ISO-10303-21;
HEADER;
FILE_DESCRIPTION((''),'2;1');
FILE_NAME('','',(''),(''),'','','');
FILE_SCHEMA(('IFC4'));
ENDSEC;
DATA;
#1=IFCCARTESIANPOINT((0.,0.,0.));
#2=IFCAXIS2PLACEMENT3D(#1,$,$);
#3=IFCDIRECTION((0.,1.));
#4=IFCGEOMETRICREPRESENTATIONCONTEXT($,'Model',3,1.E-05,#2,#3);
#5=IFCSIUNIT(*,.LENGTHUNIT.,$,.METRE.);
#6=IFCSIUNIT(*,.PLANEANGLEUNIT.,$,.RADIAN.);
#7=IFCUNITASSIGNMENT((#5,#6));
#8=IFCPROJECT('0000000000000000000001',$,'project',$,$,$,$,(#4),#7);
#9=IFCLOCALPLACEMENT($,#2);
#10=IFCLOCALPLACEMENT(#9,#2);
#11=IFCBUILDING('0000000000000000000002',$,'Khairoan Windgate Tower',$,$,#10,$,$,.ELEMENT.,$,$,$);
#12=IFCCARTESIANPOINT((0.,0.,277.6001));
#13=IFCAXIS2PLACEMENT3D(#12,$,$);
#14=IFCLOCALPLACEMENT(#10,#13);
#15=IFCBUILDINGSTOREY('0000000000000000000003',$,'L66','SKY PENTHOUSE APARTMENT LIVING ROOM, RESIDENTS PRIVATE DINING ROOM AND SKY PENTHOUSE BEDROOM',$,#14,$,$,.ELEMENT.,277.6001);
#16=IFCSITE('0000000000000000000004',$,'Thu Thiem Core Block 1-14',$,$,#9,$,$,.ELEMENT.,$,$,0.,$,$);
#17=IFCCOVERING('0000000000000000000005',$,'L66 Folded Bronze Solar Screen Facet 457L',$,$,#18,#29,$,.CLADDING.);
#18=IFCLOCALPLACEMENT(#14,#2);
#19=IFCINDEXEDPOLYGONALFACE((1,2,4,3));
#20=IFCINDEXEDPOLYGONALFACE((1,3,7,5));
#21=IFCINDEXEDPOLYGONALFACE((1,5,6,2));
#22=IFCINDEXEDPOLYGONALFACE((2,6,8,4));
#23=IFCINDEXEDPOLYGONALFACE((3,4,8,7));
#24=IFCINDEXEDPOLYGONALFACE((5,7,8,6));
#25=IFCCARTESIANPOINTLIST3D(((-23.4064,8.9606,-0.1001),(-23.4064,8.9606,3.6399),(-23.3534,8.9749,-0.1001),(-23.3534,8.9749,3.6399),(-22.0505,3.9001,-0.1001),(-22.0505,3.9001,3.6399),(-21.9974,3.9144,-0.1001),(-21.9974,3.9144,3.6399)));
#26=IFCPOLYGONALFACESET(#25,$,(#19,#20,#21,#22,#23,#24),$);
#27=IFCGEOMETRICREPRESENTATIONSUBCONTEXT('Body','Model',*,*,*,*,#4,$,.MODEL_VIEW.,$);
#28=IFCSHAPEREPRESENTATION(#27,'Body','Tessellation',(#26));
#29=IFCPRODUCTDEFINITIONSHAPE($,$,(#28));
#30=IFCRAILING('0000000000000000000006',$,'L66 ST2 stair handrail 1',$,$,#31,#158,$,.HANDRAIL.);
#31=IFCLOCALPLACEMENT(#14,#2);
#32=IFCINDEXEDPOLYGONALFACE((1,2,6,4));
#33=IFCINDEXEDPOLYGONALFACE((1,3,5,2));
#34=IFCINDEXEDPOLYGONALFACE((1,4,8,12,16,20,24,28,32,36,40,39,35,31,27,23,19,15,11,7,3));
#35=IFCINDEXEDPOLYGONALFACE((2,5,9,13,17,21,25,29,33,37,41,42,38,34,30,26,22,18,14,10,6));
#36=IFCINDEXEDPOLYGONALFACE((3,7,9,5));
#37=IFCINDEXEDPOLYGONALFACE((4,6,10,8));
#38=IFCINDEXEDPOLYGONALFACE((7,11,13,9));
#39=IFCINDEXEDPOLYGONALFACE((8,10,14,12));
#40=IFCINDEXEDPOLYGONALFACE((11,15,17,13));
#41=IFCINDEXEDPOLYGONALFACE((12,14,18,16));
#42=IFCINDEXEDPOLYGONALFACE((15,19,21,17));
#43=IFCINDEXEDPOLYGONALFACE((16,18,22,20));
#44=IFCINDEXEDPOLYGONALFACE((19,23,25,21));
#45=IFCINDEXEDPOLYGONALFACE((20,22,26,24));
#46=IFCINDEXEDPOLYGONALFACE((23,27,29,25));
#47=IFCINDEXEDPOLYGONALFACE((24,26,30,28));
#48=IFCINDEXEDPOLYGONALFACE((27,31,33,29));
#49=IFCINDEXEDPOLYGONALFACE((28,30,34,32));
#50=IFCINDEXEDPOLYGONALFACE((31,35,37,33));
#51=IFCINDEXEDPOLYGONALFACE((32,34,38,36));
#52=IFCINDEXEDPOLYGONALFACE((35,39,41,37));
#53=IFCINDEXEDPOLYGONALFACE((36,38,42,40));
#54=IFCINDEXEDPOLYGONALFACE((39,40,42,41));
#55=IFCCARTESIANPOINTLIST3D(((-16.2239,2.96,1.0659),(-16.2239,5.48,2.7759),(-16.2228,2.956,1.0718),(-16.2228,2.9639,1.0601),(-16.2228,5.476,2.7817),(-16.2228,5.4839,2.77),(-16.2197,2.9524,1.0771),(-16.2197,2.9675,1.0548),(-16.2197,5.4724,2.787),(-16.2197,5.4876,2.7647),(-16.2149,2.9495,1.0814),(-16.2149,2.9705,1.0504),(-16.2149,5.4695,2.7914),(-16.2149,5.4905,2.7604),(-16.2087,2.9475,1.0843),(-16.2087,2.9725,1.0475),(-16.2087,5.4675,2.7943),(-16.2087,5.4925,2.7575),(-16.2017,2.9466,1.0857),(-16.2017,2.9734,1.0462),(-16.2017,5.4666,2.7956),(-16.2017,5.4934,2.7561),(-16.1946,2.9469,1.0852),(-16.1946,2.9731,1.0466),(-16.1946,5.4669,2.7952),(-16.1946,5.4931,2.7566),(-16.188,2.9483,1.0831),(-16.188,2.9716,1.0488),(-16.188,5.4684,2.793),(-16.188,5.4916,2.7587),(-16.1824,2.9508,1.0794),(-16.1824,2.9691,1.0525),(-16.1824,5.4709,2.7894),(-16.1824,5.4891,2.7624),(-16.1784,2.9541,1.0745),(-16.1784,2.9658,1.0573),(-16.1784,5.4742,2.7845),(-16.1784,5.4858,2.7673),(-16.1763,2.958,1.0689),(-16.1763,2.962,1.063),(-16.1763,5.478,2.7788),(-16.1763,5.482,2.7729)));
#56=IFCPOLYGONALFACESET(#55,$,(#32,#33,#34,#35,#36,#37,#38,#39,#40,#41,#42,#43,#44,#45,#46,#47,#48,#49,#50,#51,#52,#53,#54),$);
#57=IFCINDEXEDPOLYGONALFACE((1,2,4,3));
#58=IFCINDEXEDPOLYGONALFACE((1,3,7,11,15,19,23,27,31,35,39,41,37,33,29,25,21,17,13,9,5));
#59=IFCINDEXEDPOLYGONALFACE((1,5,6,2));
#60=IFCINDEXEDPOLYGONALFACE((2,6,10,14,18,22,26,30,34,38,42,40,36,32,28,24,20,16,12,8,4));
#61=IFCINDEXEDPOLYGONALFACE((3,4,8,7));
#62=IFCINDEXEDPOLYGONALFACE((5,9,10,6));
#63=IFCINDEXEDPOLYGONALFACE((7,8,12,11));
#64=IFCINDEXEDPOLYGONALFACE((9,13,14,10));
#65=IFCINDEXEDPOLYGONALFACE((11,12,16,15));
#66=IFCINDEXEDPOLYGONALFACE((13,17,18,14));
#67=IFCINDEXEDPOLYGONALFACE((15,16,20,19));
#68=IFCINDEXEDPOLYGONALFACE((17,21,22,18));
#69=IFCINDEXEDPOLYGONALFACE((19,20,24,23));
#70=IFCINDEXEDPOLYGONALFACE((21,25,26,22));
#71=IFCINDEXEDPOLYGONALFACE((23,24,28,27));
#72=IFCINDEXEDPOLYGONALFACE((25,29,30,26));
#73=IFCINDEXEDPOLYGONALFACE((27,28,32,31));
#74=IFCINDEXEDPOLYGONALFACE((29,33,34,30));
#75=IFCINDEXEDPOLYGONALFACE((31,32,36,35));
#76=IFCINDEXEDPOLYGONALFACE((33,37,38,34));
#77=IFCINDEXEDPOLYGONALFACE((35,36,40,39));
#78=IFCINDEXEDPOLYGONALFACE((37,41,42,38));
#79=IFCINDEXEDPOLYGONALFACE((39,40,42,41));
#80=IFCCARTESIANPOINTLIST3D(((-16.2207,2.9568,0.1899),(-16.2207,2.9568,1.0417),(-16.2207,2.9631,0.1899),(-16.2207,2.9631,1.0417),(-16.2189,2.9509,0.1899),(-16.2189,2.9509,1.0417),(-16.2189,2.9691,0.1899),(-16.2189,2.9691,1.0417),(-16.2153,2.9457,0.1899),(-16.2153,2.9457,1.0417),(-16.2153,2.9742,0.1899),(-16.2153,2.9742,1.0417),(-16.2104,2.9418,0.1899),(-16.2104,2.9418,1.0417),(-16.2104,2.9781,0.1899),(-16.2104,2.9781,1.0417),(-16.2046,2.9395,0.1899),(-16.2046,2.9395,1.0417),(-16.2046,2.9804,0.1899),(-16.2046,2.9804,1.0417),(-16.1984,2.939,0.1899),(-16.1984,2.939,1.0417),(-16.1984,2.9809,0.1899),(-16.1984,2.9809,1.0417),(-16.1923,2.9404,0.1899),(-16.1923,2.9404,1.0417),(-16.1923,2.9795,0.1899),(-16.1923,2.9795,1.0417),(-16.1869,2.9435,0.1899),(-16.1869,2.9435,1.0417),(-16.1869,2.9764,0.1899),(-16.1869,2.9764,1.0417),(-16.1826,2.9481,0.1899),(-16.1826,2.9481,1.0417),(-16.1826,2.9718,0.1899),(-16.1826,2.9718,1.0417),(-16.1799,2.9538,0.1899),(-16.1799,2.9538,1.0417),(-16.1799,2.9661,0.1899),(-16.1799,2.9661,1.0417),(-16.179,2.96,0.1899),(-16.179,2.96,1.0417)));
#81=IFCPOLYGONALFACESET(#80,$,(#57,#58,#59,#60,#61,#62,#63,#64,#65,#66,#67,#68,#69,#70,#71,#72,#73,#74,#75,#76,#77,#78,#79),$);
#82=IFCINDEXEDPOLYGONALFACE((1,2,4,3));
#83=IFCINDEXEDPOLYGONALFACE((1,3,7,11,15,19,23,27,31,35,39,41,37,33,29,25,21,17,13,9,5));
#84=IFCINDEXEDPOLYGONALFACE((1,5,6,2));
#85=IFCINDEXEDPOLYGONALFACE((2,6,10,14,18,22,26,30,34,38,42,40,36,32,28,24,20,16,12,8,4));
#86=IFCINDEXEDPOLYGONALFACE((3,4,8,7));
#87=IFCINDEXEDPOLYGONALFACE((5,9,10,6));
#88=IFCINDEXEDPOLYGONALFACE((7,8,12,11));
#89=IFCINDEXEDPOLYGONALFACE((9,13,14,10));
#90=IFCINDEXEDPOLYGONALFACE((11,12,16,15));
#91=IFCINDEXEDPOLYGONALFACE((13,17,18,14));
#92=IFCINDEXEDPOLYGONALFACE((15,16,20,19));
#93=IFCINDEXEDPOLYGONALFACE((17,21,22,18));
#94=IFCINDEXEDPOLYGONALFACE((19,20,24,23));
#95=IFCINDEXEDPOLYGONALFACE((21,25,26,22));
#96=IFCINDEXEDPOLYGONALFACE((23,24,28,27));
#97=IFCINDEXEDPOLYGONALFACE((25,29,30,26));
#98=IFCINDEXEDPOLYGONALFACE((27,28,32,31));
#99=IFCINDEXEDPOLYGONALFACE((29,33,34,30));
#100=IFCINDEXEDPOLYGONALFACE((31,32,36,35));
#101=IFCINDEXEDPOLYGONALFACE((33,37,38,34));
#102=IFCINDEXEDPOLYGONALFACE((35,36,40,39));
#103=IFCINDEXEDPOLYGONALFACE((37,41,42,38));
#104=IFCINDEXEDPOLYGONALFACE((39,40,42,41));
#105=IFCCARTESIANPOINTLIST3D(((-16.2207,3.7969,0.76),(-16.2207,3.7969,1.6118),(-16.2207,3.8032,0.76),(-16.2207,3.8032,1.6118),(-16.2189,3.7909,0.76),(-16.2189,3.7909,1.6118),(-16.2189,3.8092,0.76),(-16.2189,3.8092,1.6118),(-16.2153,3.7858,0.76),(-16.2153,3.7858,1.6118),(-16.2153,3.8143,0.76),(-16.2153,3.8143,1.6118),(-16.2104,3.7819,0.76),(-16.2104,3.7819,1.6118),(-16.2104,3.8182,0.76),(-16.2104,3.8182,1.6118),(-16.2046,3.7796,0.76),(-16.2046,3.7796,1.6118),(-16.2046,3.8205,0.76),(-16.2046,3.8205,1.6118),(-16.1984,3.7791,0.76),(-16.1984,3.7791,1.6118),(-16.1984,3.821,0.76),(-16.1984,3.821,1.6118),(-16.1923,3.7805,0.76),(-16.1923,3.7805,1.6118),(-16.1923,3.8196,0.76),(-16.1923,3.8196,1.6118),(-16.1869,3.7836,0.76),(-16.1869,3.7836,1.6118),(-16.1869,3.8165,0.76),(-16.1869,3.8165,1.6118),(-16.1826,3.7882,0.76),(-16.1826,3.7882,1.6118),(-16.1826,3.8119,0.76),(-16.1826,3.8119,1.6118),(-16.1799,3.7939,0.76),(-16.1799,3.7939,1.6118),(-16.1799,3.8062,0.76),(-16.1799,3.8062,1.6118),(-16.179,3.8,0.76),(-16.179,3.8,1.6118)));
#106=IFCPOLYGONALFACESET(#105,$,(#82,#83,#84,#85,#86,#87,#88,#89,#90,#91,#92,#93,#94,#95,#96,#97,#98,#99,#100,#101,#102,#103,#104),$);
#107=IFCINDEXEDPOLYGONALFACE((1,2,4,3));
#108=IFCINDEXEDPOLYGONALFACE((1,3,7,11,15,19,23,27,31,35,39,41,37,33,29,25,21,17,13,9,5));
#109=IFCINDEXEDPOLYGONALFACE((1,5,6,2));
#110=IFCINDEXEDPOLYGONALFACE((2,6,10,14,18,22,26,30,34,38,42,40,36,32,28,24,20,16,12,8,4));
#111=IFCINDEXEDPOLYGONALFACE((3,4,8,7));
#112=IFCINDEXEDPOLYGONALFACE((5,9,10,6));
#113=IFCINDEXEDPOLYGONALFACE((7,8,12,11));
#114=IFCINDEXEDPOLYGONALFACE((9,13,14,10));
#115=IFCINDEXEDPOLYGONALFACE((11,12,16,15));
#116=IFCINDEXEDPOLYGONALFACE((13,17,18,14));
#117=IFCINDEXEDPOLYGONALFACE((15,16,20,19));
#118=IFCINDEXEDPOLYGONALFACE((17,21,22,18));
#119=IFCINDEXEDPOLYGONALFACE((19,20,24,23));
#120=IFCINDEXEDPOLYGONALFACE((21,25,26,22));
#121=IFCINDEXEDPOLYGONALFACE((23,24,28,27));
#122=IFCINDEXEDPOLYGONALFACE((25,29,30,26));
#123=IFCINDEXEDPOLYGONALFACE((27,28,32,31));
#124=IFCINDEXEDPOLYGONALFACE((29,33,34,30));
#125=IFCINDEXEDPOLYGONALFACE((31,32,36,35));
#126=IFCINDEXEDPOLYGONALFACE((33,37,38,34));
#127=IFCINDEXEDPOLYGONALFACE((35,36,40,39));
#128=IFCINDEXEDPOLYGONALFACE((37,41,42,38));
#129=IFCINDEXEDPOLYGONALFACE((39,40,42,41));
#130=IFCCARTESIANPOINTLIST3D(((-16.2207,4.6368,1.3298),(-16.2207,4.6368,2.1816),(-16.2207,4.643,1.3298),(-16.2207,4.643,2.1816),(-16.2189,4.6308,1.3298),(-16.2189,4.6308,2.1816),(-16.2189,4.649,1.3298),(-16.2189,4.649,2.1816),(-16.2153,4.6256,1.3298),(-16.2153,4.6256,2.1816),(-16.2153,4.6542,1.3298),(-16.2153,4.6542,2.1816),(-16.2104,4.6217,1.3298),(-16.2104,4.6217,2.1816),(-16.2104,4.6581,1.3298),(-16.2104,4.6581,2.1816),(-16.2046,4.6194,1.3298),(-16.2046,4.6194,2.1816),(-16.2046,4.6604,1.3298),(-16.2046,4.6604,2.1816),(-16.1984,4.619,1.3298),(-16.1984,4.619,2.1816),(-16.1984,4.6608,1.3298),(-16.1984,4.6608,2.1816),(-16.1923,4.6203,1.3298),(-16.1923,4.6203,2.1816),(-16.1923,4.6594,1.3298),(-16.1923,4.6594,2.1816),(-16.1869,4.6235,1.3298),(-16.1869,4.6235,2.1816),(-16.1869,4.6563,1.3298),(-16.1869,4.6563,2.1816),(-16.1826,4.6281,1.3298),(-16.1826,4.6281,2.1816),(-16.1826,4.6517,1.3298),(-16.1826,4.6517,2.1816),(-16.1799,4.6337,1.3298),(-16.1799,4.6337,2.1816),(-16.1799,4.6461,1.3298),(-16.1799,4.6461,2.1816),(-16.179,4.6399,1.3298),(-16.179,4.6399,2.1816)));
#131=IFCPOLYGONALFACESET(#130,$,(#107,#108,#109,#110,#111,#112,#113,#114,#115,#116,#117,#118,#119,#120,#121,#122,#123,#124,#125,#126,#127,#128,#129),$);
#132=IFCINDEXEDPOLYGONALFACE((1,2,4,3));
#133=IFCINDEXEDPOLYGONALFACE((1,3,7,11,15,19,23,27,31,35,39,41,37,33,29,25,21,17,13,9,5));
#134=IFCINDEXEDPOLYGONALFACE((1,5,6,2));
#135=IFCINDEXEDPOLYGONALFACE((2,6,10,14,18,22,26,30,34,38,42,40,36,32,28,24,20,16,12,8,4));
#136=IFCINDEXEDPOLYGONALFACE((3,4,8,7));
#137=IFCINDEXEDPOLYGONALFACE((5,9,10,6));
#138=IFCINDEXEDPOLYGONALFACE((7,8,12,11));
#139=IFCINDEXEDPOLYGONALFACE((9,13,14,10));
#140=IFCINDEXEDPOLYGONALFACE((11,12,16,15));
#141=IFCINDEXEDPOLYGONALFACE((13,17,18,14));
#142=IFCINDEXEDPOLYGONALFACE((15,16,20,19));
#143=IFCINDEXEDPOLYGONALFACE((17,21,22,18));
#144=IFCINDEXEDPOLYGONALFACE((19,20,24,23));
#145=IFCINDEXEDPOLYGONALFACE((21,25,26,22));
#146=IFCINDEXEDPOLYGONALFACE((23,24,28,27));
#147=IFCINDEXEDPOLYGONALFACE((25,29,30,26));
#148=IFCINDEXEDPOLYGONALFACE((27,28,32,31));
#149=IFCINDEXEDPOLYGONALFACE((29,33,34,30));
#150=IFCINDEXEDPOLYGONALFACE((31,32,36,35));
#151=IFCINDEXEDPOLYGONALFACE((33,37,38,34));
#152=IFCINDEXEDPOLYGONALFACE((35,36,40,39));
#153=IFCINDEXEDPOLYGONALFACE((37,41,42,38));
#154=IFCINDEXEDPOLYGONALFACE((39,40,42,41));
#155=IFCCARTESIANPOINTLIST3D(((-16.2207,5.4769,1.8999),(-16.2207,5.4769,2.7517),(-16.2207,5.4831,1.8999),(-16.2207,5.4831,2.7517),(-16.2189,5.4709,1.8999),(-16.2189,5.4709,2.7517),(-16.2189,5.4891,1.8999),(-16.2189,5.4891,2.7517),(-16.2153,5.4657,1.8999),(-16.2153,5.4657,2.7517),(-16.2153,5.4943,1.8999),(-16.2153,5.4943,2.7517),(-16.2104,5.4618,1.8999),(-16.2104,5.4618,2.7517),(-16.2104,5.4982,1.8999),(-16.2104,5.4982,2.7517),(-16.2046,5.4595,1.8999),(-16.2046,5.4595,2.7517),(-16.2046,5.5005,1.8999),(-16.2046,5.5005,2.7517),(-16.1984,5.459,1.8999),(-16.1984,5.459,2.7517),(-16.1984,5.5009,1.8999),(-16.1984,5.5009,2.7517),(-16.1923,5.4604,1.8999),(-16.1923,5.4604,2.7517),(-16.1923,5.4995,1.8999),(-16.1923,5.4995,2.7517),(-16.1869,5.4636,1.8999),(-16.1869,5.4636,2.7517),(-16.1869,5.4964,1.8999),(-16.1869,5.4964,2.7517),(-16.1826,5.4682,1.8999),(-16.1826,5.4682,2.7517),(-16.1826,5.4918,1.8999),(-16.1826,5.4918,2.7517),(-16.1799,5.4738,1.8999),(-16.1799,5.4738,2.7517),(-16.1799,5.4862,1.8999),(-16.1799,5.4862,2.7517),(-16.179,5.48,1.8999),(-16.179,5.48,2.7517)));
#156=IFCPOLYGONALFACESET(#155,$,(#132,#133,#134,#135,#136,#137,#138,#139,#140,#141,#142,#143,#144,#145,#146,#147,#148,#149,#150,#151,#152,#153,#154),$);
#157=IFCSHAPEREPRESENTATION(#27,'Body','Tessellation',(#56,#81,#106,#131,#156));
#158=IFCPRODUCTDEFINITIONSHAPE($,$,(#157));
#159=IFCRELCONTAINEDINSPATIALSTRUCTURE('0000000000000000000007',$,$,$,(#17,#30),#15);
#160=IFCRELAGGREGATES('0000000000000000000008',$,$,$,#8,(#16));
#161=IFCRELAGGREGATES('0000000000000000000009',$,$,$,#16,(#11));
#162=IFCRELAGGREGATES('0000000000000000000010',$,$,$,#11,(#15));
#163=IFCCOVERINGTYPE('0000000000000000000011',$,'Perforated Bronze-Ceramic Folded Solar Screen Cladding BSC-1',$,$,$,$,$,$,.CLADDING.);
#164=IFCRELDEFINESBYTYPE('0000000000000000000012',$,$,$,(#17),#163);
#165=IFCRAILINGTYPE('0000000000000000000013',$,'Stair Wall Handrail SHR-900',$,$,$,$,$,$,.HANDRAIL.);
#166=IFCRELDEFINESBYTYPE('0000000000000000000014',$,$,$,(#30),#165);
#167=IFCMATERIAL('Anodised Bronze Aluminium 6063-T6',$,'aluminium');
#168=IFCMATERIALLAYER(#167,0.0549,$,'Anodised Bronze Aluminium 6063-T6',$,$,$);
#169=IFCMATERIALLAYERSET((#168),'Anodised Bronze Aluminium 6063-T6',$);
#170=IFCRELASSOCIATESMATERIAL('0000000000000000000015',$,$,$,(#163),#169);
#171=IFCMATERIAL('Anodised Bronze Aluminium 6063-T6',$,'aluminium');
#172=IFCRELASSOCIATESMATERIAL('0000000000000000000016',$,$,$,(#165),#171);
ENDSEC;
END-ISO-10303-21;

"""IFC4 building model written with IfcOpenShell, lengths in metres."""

from ifc_helpers import new_model, si_unit, direction, frame, origin, origin_2d, place, context, subcontext, project, spatial, rectangle, circle, extrude, material, layer, layer_set, type_object, element, save


model = new_model("IFC4")

# Units and contexts
model_context = context("Model", 3, precision=1e-05, world=origin(), true_north=direction((0.0, 1.0)))
body_context = subcontext(model_context, "Body", "Model", "MODEL_VIEW")
ifc_project = project(units=[si_unit("LENGTHUNIT", "METRE"), si_unit("PLANEANGLEUNIT", "RADIAN")], contexts=[model_context])

# Site, building, storey
site_placement = place(None, origin())
site = spatial("IfcSite", under=ifc_project, at=site_placement, Name="Thu Thiem Core Block 1-14", CompositionType="ELEMENT", RefElevation=0.0)
building_placement = place(site_placement, origin())
building = spatial("IfcBuilding", under=site, at=building_placement, Name="Khairoan Windgate Tower", CompositionType="ELEMENT")
storey_placement = place(building_placement, frame((0.0, 0.0, 277.6001)))
storey = spatial("IfcBuildingStorey", under=building, at=storey_placement, Name="L66", Description="SKY PENTHOUSE APARTMENT LIVING ROOM, RESIDENTS PRIVATE DINING ROOM AND SKY PENTHOUSE BEDROOM", CompositionType="ELEMENT", Elevation=277.6001)

# Covering
ifc_material_1 = material(Name="Anodised Bronze Aluminium 6063-T6", Category="aluminium")
ifc_layer_1 = layer(ifc_material_1, 0.0549, Name="Anodised Bronze Aluminium 6063-T6")
ifc_layer_set_1 = layer_set([ifc_layer_1], Name="Anodised Bronze Aluminium 6063-T6")
covering_type = type_object("IfcCoveringType", Name="Perforated Bronze-Ceramic Folded Solar Screen Cladding BSC-1", PredefinedType="CLADDING", material=ifc_layer_set_1)
covering_placement = place(storey_placement, frame((-22.7019, 6.4375, -0.1001), z_axis=(0.0, 0.0, 1.0), x_axis=(-0.258819, 0.965926, 0.0)))
element("IfcCovering", 1, at=covering_placement, inside=storey, type_object=covering_type, Name="L66 Folded Bronze Solar Screen Facet 457L", PredefinedType="CLADDING", context=body_context, shape_type="SweptSolid", body=[
    extrude(rectangle(XDim=5.239, YDim=0.0549, at=origin_2d()), origin(), (0.0, 0.0, 1.0), 3.74),
])

# Railing
ifc_material_2 = material(Name="Anodised Bronze Aluminium 6063-T6", Category="aluminium")
railing_type_1 = type_object("IfcRailingType", Name="Stair Wall Handrail SHR-900", PredefinedType="HANDRAIL", material=ifc_material_2)
railing_1_placement = place(storey_placement, frame((-16.2, 2.96, 0.1899)))
element("IfcRailing", 2, at=railing_1_placement, inside=storey, type_object=railing_type_1, Name="L66 ST2 stair handrail 1", PredefinedType="HANDRAIL", context=body_context, shape_type="SweptSolid", body=[
    extrude(circle(Radius=0.0239, at=origin_2d()), frame((0.0, 0.0, 0.876), z_axis=(0.0, 0.827484, 0.56149), x_axis=(-1.0, 0.0, 0.0)), (0.0, 0.0, 1.0), 3.0454),
    extrude(circle(Radius=0.021, at=origin_2d()), origin(), (0.0, 0.0, 1.0), 0.8518),
    extrude(circle(Radius=0.021, at=origin_2d()), frame((0.0, 0.8401, 0.5701)), (0.0, 0.0, 1.0), 0.8518),
    extrude(circle(Radius=0.021, at=origin_2d()), frame((0.0, 1.6799, 1.1399)), (0.0, 0.0, 1.0), 0.8518),
    extrude(circle(Radius=0.021, at=origin_2d()), frame((0.0, 2.52, 1.71)), (0.0, 0.0, 1.0), 0.8518),
])

save(model, "model.ifc")
